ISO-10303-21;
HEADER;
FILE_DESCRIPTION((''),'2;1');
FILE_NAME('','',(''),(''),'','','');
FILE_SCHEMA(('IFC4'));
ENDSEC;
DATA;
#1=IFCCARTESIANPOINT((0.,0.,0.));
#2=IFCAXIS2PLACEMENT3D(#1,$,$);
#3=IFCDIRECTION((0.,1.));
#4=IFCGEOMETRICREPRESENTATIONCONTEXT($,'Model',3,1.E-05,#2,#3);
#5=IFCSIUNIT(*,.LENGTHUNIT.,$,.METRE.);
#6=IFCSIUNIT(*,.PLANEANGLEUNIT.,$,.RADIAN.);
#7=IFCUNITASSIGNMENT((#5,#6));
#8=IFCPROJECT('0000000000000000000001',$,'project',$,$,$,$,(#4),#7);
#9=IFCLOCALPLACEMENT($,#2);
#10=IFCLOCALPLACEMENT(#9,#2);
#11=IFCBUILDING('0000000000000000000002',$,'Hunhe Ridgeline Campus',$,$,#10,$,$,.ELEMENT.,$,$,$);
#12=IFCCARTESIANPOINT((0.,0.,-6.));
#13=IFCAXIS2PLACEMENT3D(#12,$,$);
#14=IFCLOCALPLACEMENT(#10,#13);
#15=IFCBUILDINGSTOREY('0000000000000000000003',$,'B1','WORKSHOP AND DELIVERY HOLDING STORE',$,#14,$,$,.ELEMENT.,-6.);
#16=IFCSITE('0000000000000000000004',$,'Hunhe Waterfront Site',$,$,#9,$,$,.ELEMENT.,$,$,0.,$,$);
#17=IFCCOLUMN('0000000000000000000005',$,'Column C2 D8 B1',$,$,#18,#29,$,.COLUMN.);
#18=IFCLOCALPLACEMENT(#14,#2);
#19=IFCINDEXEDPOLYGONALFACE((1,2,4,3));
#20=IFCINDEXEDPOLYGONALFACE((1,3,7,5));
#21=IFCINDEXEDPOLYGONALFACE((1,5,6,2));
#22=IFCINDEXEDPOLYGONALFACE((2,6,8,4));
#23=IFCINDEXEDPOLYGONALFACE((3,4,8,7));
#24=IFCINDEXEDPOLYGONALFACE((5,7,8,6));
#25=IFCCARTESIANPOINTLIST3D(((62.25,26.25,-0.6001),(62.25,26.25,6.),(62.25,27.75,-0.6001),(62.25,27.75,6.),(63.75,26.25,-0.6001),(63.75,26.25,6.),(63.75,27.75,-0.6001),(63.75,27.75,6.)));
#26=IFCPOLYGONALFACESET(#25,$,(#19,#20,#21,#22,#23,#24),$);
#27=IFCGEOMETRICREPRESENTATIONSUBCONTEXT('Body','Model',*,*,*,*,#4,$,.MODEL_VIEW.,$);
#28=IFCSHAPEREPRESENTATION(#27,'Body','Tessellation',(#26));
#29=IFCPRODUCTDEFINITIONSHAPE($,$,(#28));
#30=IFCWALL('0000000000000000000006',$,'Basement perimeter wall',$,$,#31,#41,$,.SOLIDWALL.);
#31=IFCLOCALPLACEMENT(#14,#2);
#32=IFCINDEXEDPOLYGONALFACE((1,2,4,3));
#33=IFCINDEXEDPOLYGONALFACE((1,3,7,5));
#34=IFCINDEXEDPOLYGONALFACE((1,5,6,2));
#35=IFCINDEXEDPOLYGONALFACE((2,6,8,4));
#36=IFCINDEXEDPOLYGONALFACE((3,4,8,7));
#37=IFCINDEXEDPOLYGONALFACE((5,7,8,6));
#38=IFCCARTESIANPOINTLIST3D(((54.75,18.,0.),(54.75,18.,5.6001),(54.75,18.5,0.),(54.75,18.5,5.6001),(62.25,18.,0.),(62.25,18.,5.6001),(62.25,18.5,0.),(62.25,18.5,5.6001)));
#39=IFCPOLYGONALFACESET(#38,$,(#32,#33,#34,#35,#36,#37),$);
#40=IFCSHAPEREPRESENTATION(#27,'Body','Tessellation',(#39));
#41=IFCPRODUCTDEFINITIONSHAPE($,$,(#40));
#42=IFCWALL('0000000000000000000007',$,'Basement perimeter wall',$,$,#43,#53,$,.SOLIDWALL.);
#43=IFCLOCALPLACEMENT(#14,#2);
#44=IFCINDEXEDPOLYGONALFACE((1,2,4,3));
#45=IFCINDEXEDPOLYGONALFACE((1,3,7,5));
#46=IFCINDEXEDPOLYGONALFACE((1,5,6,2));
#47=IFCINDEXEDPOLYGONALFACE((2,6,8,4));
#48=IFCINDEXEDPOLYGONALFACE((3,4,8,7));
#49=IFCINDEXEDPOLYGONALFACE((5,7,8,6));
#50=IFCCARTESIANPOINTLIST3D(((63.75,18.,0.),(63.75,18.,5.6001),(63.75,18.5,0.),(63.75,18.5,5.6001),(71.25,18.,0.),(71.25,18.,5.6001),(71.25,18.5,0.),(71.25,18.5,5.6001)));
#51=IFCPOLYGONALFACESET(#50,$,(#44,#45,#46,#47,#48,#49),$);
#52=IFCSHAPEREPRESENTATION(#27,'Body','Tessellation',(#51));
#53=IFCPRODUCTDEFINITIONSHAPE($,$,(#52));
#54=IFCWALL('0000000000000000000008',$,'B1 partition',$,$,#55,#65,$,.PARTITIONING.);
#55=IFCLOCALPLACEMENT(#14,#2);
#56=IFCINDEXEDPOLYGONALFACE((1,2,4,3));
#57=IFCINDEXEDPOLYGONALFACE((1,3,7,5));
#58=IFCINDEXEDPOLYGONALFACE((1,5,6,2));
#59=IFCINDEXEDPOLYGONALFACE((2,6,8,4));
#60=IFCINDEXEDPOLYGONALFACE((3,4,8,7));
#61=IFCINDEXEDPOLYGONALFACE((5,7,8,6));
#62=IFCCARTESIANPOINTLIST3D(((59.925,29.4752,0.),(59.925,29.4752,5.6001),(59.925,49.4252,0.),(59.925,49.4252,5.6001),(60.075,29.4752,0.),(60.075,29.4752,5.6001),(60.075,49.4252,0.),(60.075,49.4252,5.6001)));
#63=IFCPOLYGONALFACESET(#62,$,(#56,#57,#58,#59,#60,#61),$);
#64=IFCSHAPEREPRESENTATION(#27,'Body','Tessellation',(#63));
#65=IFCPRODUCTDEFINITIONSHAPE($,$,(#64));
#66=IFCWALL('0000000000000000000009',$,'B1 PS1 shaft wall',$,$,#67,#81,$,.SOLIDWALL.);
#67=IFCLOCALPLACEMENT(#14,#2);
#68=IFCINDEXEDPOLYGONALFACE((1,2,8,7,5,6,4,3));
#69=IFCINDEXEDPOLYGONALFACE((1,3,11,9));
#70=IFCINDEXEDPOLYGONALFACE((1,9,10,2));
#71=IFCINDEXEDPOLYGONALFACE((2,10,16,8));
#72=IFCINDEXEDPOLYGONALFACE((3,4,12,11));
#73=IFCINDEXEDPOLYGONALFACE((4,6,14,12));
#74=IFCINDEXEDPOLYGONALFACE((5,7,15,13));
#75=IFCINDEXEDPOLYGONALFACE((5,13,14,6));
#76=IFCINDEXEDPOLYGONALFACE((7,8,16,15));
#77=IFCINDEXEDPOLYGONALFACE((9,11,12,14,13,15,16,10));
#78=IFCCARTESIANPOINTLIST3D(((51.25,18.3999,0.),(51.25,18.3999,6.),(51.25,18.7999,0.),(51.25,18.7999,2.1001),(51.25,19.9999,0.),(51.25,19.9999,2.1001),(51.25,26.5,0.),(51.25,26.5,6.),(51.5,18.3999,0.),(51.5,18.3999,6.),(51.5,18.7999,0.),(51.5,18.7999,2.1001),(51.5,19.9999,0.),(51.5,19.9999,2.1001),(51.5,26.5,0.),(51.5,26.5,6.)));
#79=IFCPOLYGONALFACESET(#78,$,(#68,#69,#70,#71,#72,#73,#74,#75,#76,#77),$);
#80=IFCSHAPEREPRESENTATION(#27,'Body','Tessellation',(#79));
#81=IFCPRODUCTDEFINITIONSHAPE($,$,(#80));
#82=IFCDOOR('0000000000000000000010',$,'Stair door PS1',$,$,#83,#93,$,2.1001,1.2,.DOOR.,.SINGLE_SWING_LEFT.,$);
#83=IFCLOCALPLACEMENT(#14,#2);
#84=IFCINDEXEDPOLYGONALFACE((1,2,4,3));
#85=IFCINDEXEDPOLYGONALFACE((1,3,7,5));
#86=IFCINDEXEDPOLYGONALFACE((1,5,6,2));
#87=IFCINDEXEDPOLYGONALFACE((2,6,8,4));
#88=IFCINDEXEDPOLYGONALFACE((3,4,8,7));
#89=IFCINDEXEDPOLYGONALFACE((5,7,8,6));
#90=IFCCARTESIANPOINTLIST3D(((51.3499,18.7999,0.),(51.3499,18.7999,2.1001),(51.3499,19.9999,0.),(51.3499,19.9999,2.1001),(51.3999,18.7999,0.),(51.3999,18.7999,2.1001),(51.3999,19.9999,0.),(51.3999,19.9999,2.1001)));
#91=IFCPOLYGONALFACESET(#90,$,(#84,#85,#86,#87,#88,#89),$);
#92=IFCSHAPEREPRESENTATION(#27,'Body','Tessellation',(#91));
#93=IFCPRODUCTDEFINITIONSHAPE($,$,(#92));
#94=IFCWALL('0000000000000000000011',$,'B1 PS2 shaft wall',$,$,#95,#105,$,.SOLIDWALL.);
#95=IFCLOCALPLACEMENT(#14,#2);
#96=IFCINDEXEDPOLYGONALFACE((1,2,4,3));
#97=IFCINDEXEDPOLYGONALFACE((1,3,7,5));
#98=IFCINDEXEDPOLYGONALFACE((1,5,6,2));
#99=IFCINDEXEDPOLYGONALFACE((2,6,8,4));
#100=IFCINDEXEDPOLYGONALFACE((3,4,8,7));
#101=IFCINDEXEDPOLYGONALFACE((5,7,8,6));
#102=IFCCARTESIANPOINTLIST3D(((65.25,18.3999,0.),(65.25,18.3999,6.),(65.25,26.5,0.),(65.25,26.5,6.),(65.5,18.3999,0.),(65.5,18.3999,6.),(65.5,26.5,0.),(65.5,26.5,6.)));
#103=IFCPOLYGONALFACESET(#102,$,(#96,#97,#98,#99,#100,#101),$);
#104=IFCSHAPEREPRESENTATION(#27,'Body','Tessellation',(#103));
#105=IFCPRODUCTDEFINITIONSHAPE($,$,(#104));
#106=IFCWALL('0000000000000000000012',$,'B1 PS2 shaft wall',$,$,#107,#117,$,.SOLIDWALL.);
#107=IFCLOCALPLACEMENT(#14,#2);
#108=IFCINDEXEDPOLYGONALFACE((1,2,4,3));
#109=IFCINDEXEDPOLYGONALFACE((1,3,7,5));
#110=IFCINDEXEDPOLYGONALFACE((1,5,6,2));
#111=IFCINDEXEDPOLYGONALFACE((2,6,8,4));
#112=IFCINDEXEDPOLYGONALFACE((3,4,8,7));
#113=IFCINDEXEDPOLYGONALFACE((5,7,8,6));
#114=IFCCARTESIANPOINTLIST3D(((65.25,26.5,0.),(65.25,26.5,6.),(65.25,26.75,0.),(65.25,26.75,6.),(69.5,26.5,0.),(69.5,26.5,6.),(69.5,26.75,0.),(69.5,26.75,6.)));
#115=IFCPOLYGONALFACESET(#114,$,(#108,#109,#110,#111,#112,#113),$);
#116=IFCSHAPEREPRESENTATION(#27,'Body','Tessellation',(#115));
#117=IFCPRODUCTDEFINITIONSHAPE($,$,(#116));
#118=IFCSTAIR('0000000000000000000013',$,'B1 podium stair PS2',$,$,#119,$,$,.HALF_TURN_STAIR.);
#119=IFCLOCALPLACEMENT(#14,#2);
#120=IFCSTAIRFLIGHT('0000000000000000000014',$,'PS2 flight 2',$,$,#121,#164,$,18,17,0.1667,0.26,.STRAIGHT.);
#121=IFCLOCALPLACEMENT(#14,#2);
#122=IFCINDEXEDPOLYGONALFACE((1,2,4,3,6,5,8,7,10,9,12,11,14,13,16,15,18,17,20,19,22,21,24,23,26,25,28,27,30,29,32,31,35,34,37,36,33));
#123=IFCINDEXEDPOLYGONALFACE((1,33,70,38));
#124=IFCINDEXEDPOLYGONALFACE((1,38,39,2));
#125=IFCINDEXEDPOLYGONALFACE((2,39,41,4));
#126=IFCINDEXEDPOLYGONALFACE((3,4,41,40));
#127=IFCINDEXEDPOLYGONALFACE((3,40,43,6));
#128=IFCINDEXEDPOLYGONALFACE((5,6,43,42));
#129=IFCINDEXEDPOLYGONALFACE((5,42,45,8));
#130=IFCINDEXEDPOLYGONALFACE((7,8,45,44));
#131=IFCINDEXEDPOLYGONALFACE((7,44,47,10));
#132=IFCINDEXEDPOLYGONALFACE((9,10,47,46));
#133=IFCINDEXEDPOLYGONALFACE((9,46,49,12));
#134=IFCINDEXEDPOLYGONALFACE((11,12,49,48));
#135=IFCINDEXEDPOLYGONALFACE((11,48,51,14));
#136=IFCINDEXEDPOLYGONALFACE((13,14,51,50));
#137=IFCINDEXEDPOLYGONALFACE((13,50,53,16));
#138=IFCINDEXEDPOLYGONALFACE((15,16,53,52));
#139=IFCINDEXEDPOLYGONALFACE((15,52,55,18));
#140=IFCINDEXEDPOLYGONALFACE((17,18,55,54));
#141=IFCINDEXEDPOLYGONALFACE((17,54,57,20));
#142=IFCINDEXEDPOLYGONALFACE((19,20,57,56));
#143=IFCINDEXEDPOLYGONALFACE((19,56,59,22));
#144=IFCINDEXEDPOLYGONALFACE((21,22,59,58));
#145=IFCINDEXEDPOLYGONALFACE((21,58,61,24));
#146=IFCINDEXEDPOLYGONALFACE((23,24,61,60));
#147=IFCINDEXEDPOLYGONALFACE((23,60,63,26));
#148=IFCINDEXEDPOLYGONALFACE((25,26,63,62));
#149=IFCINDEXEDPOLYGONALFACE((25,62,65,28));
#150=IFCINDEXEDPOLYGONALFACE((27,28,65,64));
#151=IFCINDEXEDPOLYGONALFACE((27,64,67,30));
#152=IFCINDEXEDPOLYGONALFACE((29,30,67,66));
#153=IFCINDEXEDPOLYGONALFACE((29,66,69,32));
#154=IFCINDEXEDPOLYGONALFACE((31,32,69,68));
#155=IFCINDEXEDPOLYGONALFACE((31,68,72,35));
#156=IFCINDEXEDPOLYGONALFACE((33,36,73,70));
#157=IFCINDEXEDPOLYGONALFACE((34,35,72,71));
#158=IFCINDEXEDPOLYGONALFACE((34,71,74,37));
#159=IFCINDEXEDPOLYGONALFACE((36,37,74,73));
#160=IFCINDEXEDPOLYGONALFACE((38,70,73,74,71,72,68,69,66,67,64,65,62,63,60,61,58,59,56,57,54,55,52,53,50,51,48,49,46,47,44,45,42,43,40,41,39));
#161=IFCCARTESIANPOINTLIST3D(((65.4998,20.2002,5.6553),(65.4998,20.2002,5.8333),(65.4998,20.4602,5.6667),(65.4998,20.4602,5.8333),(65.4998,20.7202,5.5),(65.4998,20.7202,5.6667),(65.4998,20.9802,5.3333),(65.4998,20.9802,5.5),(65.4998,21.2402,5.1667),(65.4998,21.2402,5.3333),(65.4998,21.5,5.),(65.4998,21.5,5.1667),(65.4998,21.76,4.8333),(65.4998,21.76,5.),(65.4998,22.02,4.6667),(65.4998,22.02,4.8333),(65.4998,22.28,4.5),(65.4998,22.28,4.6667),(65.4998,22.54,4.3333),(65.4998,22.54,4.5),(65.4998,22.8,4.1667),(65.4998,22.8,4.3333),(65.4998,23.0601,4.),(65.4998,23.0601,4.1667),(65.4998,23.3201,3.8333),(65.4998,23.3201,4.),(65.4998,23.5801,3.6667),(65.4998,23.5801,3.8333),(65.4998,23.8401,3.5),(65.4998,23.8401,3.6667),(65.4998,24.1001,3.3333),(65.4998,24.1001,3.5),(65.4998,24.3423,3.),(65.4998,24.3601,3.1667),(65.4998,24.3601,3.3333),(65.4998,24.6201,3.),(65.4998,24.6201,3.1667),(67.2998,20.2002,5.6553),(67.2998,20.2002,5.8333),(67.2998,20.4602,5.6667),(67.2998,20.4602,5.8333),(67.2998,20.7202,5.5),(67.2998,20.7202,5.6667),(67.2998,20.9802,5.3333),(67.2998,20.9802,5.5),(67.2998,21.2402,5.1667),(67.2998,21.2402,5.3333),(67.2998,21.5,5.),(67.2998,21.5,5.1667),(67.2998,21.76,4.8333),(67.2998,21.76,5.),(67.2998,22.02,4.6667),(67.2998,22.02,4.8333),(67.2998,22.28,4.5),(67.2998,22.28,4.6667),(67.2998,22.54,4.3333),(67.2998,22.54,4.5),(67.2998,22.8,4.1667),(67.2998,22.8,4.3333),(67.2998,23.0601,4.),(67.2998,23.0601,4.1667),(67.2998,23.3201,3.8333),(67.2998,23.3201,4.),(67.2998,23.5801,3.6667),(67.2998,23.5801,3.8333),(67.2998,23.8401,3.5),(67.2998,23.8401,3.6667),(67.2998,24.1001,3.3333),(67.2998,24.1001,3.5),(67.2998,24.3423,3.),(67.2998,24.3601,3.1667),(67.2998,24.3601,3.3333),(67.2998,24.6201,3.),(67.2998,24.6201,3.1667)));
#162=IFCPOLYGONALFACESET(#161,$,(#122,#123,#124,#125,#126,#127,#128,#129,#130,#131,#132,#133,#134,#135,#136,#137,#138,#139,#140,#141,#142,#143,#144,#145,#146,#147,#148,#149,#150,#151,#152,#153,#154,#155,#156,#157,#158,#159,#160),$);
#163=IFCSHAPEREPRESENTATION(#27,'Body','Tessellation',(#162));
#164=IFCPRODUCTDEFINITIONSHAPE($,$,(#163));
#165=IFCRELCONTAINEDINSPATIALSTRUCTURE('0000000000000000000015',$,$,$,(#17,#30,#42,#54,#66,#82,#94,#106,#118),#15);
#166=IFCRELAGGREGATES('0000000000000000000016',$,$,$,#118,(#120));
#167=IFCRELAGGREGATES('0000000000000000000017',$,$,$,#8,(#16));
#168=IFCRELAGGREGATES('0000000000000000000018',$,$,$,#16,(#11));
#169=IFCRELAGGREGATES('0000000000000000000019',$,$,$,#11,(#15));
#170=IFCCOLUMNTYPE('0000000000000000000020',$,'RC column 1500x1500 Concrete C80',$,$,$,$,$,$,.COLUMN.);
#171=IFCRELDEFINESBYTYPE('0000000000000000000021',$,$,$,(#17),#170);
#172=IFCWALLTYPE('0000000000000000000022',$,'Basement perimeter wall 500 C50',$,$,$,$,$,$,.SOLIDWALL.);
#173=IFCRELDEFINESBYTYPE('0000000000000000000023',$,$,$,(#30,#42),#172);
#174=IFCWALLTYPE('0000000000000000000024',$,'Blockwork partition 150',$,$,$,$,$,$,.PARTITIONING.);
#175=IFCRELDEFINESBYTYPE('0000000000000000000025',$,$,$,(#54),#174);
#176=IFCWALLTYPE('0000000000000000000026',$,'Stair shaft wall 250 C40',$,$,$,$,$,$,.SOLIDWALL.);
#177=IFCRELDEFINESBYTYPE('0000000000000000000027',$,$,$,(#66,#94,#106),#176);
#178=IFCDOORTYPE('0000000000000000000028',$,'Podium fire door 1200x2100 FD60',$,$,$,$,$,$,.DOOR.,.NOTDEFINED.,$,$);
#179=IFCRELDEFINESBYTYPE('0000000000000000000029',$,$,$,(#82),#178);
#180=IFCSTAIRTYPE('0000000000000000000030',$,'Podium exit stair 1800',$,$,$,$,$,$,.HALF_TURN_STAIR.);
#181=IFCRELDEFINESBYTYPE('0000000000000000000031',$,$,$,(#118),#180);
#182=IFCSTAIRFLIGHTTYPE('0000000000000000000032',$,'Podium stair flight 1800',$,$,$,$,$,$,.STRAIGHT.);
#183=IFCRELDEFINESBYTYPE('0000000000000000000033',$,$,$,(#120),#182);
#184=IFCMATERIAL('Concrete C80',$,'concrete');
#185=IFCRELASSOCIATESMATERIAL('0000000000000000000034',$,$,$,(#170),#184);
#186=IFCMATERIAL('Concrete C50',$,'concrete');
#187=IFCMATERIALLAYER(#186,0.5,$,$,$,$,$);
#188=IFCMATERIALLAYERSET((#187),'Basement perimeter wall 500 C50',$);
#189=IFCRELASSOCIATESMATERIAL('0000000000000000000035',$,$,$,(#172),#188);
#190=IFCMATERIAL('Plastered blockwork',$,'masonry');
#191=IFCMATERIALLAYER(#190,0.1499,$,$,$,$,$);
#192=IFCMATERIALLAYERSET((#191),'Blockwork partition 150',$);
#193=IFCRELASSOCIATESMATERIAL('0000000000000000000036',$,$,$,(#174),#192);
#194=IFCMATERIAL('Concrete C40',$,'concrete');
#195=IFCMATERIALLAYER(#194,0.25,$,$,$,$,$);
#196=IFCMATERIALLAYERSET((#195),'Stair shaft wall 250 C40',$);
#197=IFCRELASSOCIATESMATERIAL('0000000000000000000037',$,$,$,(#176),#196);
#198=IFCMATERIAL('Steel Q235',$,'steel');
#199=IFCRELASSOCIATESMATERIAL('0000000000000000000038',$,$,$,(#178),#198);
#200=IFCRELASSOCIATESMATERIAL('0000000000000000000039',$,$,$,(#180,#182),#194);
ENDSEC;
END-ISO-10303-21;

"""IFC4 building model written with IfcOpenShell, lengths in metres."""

from ifc_helpers import new_model, si_unit, direction, frame, frame_2d, origin, origin_2d, place, context, subcontext, project, spatial, polyline, rectangle, outline, extrude, material, layer, layer_set, material_profile, profile_set, type_object, element, fill, aggregate, save


model = new_model("IFC4")

# Units and contexts
model_context = context("Model", 3, precision=1e-05, world=origin(), true_north=direction((0.0, 1.0)))
body_context = subcontext(model_context, "Body", "Model", "MODEL_VIEW")
ifc_project = project(units=[si_unit("LENGTHUNIT", "METRE"), si_unit("PLANEANGLEUNIT", "RADIAN")], contexts=[model_context])

# Site, building, storey
site_placement = place(None, origin())
site = spatial("IfcSite", under=ifc_project, at=site_placement, Name="Hunhe Waterfront Site", CompositionType="ELEMENT", RefElevation=0.0)
building_placement = place(site_placement, origin())
building = spatial("IfcBuilding", under=site, at=building_placement, Name="Hunhe Ridgeline Campus", CompositionType="ELEMENT")
storey_placement = place(building_placement, frame((0.0, 0.0, -6.0)))
storey = spatial("IfcBuildingStorey", under=building, at=storey_placement, Name="B1", Description="WORKSHOP AND DELIVERY HOLDING STORE", CompositionType="ELEMENT", Elevation=-6.0)

# Column
ifc_material_1 = material(Name="Concrete C80", Category="concrete")
ifc_material_profile_1 = material_profile(ifc_material_1, rectangle(XDim=1.5, YDim=1.5, at=origin_2d()))
ifc_profile_set_1 = profile_set([ifc_material_profile_1], Name="Concrete C80")
column_type = type_object("IfcColumnType", Name="RC column 1500x1500 Concrete C80", PredefinedType="COLUMN", material=ifc_profile_set_1)
for number, where, z_axis, x_axis, name in (
    (1, (63.0, 27.0, -0.6001), (0.0, 0.0, 1.0), (1.0, 0.0, 0.0), "Column C2 D8 B1"),
):
    element("IfcColumn", number, at=place(storey_placement, frame(where, z_axis=z_axis, x_axis=x_axis)), inside=storey, type_object=column_type, Name=name, PredefinedType="COLUMN", context=body_context, shape_type="SweptSolid", body=[
        extrude(rectangle(XDim=1.5, YDim=1.5, at=origin_2d()), origin(), (0.0, 0.0, 1.0), 6.6001),
    ])

# Walls
ifc_material_2 = material(Name="Concrete C50", Category="concrete")
ifc_layer_1 = layer(ifc_material_2, 0.5)
ifc_layer_set_1 = layer_set([ifc_layer_1], Name="Basement perimeter wall 500 C50")
wall_type_1 = type_object("IfcWallType", Name="Basement perimeter wall 500 C50", PredefinedType="SOLIDWALL", material=ifc_layer_set_1)
for number, where, z_axis, x_axis, name in (
    (2, (54.75, 18.25, 0.0), (0.0, 0.0, 1.0), (1.0, 0.0, 0.0), "Basement perimeter wall"),
    (3, (63.75, 18.25, 0.0), (0.0, 0.0, 1.0), (1.0, 0.0, 0.0), "Basement perimeter wall"),
):
    element("IfcWall", number, at=place(storey_placement, frame(where, z_axis=z_axis, x_axis=x_axis)), inside=storey, type_object=wall_type_1, Name=name, PredefinedType="SOLIDWALL", context=body_context, shape_type="SweptSolid", body=[
        extrude(rectangle(XDim=7.5, YDim=0.5, at=frame_2d((3.75, 0.0))), origin(), (0.0, 0.0, 1.0), 5.6001),
    ])
ifc_material_3 = material(Name="Plastered blockwork", Category="masonry")
ifc_layer_2 = layer(ifc_material_3, 0.1499)
ifc_layer_set_2 = layer_set([ifc_layer_2], Name="Blockwork partition 150")
wall_type_2 = type_object("IfcWallType", Name="Blockwork partition 150", PredefinedType="PARTITIONING", material=ifc_layer_set_2)
wall_1_placement = place(storey_placement, frame((60.0, 29.4751, 0.0), z_axis=(0.0, 0.0, 1.0), x_axis=(0.0, 1.0, 0.0)))
element("IfcWall", 4, at=wall_1_placement, inside=storey, type_object=wall_type_2, Name="B1 partition", PredefinedType="PARTITIONING", context=body_context, shape_type="SweptSolid", body=[
    extrude(rectangle(XDim=19.95, YDim=0.1499, at=frame_2d((9.9751, 0.0))), origin(), (0.0, 0.0, 1.0), 5.6001),
])

# Wall, opening, door
ifc_material_4 = material(Name="Concrete C40", Category="concrete")
ifc_layer_3 = layer(ifc_material_4, 0.25)
ifc_layer_set_3 = layer_set([ifc_layer_3], Name="Stair shaft wall 250 C40")
wall_type_3 = type_object("IfcWallType", Name="Stair shaft wall 250 C40", PredefinedType="SOLIDWALL", material=ifc_layer_set_3)
wall_2_placement = place(storey_placement, frame((51.375, 26.5, 0.0), z_axis=(0.0, 0.0, 1.0), x_axis=(0.0, -1.0, 0.0)))
wall_2 = element("IfcWall", 5, at=wall_2_placement, inside=storey, type_object=wall_type_3, Name="B1 PS1 shaft wall", PredefinedType="SOLIDWALL", context=body_context, shape_type="SweptSolid", body=[
    extrude(rectangle(XDim=8.1001, YDim=0.25, at=frame_2d((4.05, 0.0))), origin(), (0.0, 0.0, 1.0), 6.0),
])
opening_placement = place(wall_2_placement, frame((6.5, 0.0, 0.0)))
opening = element("IfcOpeningElement", 6, at=opening_placement, cuts=wall_2, PredefinedType="OPENING", context=body_context, shape_type="SweptSolid", body=[
    extrude(rectangle(XDim=1.2, YDim=2.1001, at=frame_2d((0.6001, 1.05))), frame((0.0, 0.125, 0.0), z_axis=(0.0, -1.0, 0.0), x_axis=(1.0, 0.0, 0.0)), (0.0, 0.0, 1.0), 0.25),
])
ifc_material_5 = material(Name="Steel Q235", Category="steel")
door_type = type_object("IfcDoorType", Name="Podium fire door 1200x2100 FD60", OperationType="NOTDEFINED", PredefinedType="DOOR", material=ifc_material_5)
door_placement = place(opening_placement, origin())
door = element("IfcDoor", 7, at=door_placement, inside=storey, type_object=door_type, Name="Stair door PS1", OperationType="SINGLE_SWING_LEFT", OverallHeight=2.1001, OverallWidth=1.2, PredefinedType="DOOR", context=body_context, shape_type="SweptSolid", body=[
    extrude(rectangle(XDim=1.2, YDim=2.1001, at=frame_2d((0.6001, 1.05))), frame((0.0, 0.0249, 0.0), z_axis=(0.0, -1.0, 0.0), x_axis=(1.0, 0.0, 0.0)), (0.0, 0.0, 1.0), 0.05),
])
fill(opening, door)

# Walls
wall_3_placement = place(storey_placement, frame((65.375, 18.3999, 0.0), z_axis=(0.0, 0.0, 1.0), x_axis=(0.0, 1.0, 0.0)))
element("IfcWall", 8, at=wall_3_placement, inside=storey, type_object=wall_type_3, Name="B1 PS2 shaft wall", PredefinedType="SOLIDWALL", context=body_context, shape_type="SweptSolid", body=[
    extrude(rectangle(XDim=8.1001, YDim=0.25, at=frame_2d((4.05, 0.0))), origin(), (0.0, 0.0, 1.0), 6.0),
])
wall_4_placement = place(storey_placement, frame((65.25, 26.625, 0.0), z_axis=(0.0, 0.0, 1.0), x_axis=(1.0, 0.0, 0.0)))
element("IfcWall", 9, at=wall_4_placement, inside=storey, type_object=wall_type_3, Name="B1 PS2 shaft wall", PredefinedType="SOLIDWALL", context=body_context, shape_type="SweptSolid", body=[
    extrude(rectangle(XDim=4.25, YDim=0.25, at=frame_2d((2.125, 0.0))), origin(), (0.0, 0.0, 1.0), 6.0),
])

# Stair, stair flight
stair_type = type_object("IfcStairType", Name="Podium exit stair 1800", PredefinedType="HALF_TURN_STAIR", material=ifc_material_4)
stair_placement = place(storey_placement, origin())
stair = element("IfcStair", 10, at=stair_placement, inside=storey, type_object=stair_type, Name="B1 podium stair PS2", PredefinedType="HALF_TURN_STAIR")
stair_flight_type = type_object("IfcStairFlightType", Name="Podium stair flight 1800", PredefinedType="STRAIGHT", material=ifc_material_4)
stair_flight_placement = place(storey_placement, frame((66.3999, 24.6201, 3.0), z_axis=(0.0, 0.0, 1.0), x_axis=(0.0, -1.0, 0.0)))
stair_flight = element("IfcStairFlight", 11, at=stair_flight_placement, type_object=stair_flight_type, Name="PS2 flight 2", NumberOfRisers=18, NumberOfTreads=17, PredefinedType="STRAIGHT", RiserHeight=0.1667, TreadLength=0.26, context=body_context, shape_type="SweptSolid", body=[
    extrude(outline(polyline([(0.0, 0.0), (0.0, 0.1667), (0.26, 0.1667), (0.26, 0.3333), (0.52, 0.3333), (0.52, 0.5), (0.78, 0.5), (0.78, 0.6667), (1.04, 0.6667), (1.04, 0.8333), (1.3, 0.8333), (1.3, 1.0), (1.5601, 1.0), (1.5601, 1.1667), (1.8201, 1.1667), (1.8201, 1.3333), (2.0801, 1.3333), (2.0801, 1.5), (2.3401, 1.5), (2.3401, 1.6667), (2.6001, 1.6667), (2.6001, 1.8333), (2.8601, 1.8333), (2.8601, 2.0), (3.1201, 2.0), (3.1201, 2.1667), (3.3799, 2.1667), (3.3799, 2.3333), (3.6399, 2.3333), (3.6399, 2.5), (3.8999, 2.5), (3.8999, 2.6667), (4.1599, 2.6667), (4.1599, 2.8333), (4.4199, 2.8333), (4.4199, 3.0), (4.4199, 2.6553), (0.2778, 0.0), (0.0, 0.0)])), frame((0.0, 0.8999, 0.0), z_axis=(0.0, -1.0, 0.0), x_axis=(1.0, 0.0, 0.0)), (0.0, 0.0, 1.0), 1.8),
])
aggregate(stair, [stair_flight])

save(model, "model.ifc")
